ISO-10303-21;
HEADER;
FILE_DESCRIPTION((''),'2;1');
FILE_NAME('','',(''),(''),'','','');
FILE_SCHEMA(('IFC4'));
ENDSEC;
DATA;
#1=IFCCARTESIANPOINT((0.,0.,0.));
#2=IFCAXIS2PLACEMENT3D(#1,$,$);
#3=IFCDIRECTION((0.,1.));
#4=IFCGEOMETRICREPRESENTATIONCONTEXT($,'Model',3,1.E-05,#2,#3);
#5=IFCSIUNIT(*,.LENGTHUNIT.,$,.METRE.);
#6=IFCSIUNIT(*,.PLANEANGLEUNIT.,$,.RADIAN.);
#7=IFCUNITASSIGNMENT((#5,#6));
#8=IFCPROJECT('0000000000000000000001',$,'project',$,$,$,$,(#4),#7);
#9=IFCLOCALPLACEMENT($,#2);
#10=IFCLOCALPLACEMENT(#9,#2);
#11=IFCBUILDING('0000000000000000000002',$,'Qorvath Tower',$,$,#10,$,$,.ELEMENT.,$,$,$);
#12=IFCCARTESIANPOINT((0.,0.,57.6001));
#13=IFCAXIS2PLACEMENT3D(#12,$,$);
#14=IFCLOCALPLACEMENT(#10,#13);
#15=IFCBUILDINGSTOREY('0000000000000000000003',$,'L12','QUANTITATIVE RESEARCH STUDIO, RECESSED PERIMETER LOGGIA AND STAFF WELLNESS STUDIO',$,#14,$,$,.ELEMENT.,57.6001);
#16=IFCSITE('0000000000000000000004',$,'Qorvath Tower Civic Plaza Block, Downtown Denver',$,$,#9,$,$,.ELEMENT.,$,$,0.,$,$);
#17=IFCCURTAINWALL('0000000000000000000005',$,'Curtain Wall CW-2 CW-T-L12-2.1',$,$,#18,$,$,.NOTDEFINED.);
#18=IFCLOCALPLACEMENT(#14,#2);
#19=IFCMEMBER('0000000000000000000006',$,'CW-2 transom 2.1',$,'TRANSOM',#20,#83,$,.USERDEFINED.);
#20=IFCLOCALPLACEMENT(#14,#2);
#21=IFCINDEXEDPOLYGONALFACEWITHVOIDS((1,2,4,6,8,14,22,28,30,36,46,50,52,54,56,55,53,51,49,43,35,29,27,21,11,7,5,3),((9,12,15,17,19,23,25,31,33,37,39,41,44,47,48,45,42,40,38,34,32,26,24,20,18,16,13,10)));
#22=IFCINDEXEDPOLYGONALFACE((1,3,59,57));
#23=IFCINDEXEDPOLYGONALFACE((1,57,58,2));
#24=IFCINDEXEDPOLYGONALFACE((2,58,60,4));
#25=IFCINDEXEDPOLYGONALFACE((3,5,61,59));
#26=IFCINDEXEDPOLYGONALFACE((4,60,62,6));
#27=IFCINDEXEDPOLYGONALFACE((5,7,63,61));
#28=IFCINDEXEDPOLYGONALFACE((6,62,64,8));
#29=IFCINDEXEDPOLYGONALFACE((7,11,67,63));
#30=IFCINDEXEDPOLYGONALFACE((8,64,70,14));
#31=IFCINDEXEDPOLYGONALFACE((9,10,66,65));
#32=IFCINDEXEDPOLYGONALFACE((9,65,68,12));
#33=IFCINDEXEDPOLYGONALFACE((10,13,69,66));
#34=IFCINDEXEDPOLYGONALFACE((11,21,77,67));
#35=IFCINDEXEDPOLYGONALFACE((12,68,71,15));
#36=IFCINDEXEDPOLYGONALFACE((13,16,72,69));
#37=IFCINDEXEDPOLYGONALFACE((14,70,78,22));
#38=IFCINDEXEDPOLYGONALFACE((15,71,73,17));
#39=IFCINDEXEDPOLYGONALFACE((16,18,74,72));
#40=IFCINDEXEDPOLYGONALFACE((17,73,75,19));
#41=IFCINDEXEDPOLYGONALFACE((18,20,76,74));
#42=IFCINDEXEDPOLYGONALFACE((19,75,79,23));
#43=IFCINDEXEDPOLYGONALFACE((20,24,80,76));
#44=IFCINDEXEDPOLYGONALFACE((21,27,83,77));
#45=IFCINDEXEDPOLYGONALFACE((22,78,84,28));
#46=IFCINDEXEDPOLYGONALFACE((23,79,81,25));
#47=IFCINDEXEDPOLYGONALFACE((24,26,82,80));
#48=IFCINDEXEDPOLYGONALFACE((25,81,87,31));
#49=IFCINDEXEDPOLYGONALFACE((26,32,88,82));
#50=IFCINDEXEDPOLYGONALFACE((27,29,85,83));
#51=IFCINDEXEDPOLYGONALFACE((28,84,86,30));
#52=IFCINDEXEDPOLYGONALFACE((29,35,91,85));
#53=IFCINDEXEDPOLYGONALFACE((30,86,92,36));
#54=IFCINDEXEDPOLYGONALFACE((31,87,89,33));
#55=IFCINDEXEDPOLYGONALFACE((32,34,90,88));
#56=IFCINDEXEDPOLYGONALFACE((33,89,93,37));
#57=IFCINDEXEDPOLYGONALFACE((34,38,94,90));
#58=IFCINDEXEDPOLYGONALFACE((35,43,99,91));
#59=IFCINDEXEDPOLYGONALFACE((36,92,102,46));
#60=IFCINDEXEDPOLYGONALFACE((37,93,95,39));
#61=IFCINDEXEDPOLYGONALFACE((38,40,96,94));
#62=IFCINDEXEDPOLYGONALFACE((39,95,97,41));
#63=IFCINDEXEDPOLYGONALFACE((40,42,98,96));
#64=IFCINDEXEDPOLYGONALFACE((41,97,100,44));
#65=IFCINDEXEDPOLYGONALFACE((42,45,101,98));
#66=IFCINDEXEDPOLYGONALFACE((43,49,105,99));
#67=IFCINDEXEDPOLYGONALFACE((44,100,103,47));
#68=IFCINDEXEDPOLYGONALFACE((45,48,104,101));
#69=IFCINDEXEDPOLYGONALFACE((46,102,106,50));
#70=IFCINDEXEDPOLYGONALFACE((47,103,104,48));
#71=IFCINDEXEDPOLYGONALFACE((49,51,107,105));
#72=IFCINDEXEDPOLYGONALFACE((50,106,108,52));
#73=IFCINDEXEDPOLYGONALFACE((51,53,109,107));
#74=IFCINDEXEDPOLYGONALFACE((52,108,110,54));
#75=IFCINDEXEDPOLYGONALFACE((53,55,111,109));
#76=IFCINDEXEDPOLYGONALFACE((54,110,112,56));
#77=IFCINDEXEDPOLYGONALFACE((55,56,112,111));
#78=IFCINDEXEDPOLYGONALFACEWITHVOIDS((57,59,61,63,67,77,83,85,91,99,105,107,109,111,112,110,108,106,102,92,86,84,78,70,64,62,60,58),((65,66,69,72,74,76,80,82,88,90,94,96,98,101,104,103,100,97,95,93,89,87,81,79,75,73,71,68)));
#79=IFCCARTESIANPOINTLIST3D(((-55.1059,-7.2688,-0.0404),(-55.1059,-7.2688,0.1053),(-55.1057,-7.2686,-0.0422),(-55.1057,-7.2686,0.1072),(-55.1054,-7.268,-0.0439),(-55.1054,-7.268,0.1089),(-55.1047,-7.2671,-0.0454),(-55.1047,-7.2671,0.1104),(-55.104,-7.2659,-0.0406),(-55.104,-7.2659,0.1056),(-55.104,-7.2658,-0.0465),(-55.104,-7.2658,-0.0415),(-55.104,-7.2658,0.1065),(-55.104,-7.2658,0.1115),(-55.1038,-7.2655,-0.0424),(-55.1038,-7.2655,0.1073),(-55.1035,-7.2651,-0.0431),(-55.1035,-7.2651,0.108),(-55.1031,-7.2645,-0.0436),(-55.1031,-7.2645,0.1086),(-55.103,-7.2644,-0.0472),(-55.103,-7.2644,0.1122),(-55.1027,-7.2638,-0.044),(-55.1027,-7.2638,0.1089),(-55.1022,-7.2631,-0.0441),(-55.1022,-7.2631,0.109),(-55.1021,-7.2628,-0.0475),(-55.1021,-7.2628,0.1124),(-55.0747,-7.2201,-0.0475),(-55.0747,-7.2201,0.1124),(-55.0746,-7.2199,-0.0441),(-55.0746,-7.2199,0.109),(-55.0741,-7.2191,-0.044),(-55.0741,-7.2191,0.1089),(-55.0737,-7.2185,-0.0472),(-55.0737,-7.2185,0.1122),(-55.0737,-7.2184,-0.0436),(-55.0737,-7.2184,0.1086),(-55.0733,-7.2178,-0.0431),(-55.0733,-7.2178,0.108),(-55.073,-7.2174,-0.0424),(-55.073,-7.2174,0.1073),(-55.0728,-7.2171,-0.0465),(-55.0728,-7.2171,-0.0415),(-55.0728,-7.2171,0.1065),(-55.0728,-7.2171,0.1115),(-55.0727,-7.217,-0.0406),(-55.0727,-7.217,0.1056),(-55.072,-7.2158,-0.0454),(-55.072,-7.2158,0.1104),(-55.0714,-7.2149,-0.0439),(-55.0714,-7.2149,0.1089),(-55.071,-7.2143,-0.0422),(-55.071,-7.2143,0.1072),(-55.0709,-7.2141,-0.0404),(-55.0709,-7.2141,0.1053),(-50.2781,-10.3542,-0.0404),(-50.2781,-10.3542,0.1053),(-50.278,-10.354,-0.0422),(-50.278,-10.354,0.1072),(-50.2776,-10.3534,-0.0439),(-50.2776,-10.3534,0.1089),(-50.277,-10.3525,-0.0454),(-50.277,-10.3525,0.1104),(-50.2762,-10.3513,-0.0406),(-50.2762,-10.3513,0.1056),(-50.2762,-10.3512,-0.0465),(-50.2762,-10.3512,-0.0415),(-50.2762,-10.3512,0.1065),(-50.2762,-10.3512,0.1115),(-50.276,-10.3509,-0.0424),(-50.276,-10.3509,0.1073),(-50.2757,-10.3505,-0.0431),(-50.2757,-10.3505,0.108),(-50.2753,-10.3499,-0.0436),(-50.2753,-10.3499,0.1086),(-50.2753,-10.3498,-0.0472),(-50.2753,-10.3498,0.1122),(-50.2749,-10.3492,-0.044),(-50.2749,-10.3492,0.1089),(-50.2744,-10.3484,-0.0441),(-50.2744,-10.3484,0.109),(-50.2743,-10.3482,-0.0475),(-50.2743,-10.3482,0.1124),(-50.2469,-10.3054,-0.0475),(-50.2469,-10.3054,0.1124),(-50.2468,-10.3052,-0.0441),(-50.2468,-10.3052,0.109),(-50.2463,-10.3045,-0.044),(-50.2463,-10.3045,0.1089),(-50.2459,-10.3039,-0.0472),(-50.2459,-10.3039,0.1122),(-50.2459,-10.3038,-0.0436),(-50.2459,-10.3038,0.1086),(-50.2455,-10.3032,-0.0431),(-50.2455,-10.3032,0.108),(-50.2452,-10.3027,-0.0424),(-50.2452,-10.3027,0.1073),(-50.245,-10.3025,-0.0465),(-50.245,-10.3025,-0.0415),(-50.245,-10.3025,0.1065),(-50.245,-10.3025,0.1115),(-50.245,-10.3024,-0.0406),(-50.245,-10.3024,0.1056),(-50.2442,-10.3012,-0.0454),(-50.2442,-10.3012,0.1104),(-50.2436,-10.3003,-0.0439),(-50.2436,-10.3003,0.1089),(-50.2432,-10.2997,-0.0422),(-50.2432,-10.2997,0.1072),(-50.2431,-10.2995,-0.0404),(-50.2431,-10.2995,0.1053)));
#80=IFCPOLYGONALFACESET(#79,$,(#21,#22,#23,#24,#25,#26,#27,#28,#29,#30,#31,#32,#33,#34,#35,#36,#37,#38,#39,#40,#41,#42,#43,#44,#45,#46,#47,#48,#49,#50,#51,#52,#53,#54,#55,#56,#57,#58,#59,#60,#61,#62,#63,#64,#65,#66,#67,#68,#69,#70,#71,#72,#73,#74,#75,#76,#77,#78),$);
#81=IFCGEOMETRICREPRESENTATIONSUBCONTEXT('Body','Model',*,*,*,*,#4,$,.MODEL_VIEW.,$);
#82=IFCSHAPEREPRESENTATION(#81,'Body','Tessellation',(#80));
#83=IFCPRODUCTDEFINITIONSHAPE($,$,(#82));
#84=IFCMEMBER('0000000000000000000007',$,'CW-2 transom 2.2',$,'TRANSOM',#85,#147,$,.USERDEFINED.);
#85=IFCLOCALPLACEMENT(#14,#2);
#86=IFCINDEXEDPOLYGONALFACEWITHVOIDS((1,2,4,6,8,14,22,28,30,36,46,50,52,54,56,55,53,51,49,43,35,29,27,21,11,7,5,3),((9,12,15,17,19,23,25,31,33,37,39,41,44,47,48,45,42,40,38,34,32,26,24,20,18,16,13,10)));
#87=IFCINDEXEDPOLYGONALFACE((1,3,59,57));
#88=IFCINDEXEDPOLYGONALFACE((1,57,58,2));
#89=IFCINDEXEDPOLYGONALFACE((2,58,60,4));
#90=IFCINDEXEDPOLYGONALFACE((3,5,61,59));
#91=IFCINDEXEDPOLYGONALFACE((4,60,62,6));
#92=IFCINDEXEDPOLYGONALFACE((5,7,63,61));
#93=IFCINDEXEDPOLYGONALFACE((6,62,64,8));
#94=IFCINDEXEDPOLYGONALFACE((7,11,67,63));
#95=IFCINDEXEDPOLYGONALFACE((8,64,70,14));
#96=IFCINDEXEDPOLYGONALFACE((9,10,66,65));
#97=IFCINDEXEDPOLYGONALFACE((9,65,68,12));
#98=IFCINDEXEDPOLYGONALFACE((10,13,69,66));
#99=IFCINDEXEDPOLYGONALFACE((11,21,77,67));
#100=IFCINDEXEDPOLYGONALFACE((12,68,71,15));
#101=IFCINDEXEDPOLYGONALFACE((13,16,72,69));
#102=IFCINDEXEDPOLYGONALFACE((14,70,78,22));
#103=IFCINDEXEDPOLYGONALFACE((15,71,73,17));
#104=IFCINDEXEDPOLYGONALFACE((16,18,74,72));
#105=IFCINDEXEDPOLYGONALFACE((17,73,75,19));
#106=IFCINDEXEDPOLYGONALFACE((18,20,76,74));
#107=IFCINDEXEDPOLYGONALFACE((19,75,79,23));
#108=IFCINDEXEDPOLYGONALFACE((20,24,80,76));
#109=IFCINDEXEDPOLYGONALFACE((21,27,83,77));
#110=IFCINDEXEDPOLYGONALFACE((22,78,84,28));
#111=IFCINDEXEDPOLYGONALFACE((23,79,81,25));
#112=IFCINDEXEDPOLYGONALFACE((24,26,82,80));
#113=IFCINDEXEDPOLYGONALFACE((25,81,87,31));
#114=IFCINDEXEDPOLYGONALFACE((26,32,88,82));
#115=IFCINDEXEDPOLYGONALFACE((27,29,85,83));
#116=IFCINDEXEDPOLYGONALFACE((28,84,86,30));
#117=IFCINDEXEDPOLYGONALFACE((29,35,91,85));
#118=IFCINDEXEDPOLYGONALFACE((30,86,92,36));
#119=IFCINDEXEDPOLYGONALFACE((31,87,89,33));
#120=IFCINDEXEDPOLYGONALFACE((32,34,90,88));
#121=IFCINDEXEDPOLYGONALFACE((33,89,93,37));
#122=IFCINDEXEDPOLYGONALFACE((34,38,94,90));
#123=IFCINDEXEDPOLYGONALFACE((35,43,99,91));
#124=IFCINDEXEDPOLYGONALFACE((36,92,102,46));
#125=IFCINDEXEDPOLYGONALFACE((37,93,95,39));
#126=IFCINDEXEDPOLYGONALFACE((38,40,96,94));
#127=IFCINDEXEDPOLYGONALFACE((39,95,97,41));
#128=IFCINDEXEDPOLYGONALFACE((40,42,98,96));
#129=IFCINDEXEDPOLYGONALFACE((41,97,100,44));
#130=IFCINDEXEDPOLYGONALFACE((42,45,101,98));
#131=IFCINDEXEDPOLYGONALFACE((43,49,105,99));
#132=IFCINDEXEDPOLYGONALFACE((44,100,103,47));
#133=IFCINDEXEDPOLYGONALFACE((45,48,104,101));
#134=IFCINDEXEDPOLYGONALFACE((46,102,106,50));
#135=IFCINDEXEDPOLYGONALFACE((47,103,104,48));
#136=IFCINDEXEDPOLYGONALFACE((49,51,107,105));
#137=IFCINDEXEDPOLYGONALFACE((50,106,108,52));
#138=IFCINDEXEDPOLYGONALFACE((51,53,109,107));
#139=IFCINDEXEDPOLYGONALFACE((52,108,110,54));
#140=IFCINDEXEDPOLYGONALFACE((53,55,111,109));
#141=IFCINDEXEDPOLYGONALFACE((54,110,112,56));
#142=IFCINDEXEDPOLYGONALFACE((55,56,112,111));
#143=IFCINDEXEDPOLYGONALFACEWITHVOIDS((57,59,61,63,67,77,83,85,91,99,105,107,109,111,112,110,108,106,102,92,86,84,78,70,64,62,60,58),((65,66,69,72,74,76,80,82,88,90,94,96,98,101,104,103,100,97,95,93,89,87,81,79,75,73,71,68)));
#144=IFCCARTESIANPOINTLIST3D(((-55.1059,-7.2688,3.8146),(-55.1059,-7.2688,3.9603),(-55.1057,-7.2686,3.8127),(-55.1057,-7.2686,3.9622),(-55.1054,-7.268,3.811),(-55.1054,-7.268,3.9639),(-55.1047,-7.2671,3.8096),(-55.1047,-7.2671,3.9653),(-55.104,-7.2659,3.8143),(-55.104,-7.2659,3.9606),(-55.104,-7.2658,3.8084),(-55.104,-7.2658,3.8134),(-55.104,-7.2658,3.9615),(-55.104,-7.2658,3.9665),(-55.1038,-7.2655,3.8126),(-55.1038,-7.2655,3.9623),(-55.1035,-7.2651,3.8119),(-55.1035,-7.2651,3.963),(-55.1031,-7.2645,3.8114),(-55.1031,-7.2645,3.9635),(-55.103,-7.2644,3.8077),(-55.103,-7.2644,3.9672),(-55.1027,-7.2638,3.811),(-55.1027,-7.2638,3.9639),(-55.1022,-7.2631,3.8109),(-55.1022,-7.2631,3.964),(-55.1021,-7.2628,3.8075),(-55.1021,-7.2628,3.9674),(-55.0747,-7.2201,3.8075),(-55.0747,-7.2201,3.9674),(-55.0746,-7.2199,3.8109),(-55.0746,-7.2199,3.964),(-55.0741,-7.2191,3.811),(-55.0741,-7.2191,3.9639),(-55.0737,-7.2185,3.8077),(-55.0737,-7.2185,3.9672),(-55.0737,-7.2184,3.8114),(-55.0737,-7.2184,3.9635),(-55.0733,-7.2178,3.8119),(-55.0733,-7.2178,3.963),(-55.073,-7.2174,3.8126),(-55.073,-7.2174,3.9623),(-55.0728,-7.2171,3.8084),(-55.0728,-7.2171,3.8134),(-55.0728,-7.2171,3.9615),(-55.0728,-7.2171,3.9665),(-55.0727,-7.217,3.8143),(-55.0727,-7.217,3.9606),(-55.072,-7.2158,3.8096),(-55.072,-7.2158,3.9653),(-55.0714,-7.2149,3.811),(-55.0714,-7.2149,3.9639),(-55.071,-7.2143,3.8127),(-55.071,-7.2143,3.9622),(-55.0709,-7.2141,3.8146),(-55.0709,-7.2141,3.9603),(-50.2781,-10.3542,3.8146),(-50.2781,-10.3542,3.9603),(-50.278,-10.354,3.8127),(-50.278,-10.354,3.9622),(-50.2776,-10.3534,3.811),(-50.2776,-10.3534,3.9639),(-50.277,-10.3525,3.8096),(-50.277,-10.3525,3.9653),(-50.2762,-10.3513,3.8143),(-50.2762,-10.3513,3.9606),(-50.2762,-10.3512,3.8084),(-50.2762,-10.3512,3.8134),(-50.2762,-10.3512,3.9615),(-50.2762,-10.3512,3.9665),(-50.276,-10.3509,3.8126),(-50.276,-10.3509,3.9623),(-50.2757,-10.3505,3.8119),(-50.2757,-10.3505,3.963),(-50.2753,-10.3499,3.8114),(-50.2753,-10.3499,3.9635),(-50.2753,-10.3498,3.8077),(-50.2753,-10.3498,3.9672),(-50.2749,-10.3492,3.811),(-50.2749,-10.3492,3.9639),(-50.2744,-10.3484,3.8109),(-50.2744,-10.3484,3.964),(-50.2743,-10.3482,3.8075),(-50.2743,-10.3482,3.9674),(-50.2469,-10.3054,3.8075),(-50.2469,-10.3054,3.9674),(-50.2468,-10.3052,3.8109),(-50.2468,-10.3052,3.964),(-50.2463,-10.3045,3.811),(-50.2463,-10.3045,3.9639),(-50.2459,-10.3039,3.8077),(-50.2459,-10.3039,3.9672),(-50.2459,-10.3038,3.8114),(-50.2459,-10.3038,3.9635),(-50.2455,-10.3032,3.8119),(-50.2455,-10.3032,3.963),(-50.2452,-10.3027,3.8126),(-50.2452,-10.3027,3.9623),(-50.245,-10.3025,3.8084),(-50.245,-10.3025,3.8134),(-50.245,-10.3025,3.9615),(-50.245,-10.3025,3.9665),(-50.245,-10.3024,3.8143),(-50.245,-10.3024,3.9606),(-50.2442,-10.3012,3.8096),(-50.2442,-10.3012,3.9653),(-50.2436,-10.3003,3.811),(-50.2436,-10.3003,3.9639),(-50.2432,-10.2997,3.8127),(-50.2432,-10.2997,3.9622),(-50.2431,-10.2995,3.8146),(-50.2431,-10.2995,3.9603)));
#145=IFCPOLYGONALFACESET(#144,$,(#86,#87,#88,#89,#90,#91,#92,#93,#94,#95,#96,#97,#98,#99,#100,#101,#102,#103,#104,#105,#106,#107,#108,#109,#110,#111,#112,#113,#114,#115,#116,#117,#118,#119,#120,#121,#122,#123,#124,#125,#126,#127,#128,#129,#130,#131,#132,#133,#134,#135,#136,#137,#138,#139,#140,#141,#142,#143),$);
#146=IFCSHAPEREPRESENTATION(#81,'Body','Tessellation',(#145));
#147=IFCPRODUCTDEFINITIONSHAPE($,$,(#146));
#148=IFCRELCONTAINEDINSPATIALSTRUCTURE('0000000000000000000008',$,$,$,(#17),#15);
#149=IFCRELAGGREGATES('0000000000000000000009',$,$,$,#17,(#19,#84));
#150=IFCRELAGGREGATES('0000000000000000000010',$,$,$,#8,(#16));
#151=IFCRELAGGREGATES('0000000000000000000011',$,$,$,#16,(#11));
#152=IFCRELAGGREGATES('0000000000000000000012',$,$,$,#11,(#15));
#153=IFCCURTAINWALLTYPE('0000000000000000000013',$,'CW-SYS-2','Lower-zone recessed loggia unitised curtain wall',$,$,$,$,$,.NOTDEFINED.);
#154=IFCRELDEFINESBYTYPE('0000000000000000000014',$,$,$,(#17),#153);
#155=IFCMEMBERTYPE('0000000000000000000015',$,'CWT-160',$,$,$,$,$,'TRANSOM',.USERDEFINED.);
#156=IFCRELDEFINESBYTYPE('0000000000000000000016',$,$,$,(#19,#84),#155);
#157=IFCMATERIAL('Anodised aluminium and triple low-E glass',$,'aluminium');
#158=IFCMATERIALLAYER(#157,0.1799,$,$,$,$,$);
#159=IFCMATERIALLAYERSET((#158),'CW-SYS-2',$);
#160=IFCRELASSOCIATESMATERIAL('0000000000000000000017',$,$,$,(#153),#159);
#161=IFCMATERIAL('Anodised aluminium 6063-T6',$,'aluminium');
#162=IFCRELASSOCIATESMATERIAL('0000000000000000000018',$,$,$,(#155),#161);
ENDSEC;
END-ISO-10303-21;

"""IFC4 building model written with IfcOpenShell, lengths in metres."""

from ifc_helpers import new_model, si_unit, direction, frame, origin, origin_2d, place, context, subcontext, project, spatial, hollow_rectangle, extrude, material, layer, layer_set, material_profile, profile_set, type_object, element, aggregate, save


model = new_model("IFC4")

# Units and contexts
model_context = context("Model", 3, precision=1e-05, world=origin(), true_north=direction((0.0, 1.0)))
body_context = subcontext(model_context, "Body", "Model", "MODEL_VIEW")
ifc_project = project(units=[si_unit("LENGTHUNIT", "METRE"), si_unit("PLANEANGLEUNIT", "RADIAN")], contexts=[model_context])

# Site, building, storey
site_placement = place(None, origin())
site = spatial("IfcSite", under=ifc_project, at=site_placement, Name="Qorvath Tower Civic Plaza Block, Downtown Denver", CompositionType="ELEMENT", RefElevation=0.0)
building_placement = place(site_placement, origin())
building = spatial("IfcBuilding", under=site, at=building_placement, Name="Qorvath Tower", CompositionType="ELEMENT")
storey_placement = place(building_placement, frame((0.0, 0.0, 57.6001)))
storey = spatial("IfcBuildingStorey", under=building, at=storey_placement, Name="L12", Description="QUANTITATIVE RESEARCH STUDIO, RECESSED PERIMETER LOGGIA AND STAFF WELLNESS STUDIO", CompositionType="ELEMENT", Elevation=57.6001)

# Curtain wall, members
ifc_material_1 = material(Name="Anodised aluminium and triple low-E glass", Category="aluminium")
ifc_layer_1 = layer(ifc_material_1, 0.1799)
ifc_layer_set_1 = layer_set([ifc_layer_1], Name="CW-SYS-2")
curtain_wall_type = type_object("IfcCurtainWallType", Name="CW-SYS-2", Description="Lower-zone recessed loggia unitised curtain wall", PredefinedType="NOTDEFINED", material=ifc_layer_set_1)
curtain_wall_placement = place(storey_placement, origin())
curtain_wall = element("IfcCurtainWall", 1, at=curtain_wall_placement, inside=storey, type_object=curtain_wall_type, Name="Curtain Wall CW-2 CW-T-L12-2.1", PredefinedType="NOTDEFINED")
ifc_material_2 = material(Name="Anodised aluminium 6063-T6", Category="aluminium")
ifc_material_profile_1 = material_profile(ifc_material_2, hollow_rectangle(XDim=0.0649, YDim=0.1599, WallThickness=0.0034, InnerFilletRadius=0.0034, OuterFilletRadius=0.0071, at=origin_2d()), Name="CWT 160x65")
ifc_profile_set_1 = profile_set([ifc_material_profile_1], Name="Anodised aluminium 6063-T6")
member_type_1 = type_object("IfcMemberType", Name="CWT-160", ElementType="TRANSOM", PredefinedType="USERDEFINED", material=ifc_profile_set_1)
member_1_placement = place(storey_placement, frame((-55.0884, -7.2415, 0.0325), z_axis=(0.842619, -0.538509, 0.0), x_axis=(0.538509, 0.842619, 0.0)))
member_1 = element("IfcMember", 2, at=member_1_placement, type_object=member_type_1, Name="CW-2 transom 2.1", ObjectType="TRANSOM", PredefinedType="USERDEFINED", context=body_context, shape_type="SweptSolid", body=[
    extrude(hollow_rectangle(XDim=0.0649, YDim=0.1599, WallThickness=0.0034, InnerFilletRadius=0.0034, OuterFilletRadius=0.0071, at=origin_2d()), origin(), (0.0, 0.0, 1.0), 5.7295),
])
member_2_placement = place(storey_placement, frame((-55.0884, -7.2415, 3.8875), z_axis=(0.842619, -0.538509, 0.0), x_axis=(0.538509, 0.842619, 0.0)))
member_2 = element("IfcMember", 3, at=member_2_placement, type_object=member_type_1, Name="CW-2 transom 2.2", ObjectType="TRANSOM", PredefinedType="USERDEFINED", context=body_context, shape_type="SweptSolid", body=[
    extrude(hollow_rectangle(XDim=0.0649, YDim=0.1599, WallThickness=0.0034, InnerFilletRadius=0.0034, OuterFilletRadius=0.0071, at=origin_2d()), origin(), (0.0, 0.0, 1.0), 5.7295),
])
aggregate(curtain_wall, [member_1, member_2])

save(model, "model.ifc")
